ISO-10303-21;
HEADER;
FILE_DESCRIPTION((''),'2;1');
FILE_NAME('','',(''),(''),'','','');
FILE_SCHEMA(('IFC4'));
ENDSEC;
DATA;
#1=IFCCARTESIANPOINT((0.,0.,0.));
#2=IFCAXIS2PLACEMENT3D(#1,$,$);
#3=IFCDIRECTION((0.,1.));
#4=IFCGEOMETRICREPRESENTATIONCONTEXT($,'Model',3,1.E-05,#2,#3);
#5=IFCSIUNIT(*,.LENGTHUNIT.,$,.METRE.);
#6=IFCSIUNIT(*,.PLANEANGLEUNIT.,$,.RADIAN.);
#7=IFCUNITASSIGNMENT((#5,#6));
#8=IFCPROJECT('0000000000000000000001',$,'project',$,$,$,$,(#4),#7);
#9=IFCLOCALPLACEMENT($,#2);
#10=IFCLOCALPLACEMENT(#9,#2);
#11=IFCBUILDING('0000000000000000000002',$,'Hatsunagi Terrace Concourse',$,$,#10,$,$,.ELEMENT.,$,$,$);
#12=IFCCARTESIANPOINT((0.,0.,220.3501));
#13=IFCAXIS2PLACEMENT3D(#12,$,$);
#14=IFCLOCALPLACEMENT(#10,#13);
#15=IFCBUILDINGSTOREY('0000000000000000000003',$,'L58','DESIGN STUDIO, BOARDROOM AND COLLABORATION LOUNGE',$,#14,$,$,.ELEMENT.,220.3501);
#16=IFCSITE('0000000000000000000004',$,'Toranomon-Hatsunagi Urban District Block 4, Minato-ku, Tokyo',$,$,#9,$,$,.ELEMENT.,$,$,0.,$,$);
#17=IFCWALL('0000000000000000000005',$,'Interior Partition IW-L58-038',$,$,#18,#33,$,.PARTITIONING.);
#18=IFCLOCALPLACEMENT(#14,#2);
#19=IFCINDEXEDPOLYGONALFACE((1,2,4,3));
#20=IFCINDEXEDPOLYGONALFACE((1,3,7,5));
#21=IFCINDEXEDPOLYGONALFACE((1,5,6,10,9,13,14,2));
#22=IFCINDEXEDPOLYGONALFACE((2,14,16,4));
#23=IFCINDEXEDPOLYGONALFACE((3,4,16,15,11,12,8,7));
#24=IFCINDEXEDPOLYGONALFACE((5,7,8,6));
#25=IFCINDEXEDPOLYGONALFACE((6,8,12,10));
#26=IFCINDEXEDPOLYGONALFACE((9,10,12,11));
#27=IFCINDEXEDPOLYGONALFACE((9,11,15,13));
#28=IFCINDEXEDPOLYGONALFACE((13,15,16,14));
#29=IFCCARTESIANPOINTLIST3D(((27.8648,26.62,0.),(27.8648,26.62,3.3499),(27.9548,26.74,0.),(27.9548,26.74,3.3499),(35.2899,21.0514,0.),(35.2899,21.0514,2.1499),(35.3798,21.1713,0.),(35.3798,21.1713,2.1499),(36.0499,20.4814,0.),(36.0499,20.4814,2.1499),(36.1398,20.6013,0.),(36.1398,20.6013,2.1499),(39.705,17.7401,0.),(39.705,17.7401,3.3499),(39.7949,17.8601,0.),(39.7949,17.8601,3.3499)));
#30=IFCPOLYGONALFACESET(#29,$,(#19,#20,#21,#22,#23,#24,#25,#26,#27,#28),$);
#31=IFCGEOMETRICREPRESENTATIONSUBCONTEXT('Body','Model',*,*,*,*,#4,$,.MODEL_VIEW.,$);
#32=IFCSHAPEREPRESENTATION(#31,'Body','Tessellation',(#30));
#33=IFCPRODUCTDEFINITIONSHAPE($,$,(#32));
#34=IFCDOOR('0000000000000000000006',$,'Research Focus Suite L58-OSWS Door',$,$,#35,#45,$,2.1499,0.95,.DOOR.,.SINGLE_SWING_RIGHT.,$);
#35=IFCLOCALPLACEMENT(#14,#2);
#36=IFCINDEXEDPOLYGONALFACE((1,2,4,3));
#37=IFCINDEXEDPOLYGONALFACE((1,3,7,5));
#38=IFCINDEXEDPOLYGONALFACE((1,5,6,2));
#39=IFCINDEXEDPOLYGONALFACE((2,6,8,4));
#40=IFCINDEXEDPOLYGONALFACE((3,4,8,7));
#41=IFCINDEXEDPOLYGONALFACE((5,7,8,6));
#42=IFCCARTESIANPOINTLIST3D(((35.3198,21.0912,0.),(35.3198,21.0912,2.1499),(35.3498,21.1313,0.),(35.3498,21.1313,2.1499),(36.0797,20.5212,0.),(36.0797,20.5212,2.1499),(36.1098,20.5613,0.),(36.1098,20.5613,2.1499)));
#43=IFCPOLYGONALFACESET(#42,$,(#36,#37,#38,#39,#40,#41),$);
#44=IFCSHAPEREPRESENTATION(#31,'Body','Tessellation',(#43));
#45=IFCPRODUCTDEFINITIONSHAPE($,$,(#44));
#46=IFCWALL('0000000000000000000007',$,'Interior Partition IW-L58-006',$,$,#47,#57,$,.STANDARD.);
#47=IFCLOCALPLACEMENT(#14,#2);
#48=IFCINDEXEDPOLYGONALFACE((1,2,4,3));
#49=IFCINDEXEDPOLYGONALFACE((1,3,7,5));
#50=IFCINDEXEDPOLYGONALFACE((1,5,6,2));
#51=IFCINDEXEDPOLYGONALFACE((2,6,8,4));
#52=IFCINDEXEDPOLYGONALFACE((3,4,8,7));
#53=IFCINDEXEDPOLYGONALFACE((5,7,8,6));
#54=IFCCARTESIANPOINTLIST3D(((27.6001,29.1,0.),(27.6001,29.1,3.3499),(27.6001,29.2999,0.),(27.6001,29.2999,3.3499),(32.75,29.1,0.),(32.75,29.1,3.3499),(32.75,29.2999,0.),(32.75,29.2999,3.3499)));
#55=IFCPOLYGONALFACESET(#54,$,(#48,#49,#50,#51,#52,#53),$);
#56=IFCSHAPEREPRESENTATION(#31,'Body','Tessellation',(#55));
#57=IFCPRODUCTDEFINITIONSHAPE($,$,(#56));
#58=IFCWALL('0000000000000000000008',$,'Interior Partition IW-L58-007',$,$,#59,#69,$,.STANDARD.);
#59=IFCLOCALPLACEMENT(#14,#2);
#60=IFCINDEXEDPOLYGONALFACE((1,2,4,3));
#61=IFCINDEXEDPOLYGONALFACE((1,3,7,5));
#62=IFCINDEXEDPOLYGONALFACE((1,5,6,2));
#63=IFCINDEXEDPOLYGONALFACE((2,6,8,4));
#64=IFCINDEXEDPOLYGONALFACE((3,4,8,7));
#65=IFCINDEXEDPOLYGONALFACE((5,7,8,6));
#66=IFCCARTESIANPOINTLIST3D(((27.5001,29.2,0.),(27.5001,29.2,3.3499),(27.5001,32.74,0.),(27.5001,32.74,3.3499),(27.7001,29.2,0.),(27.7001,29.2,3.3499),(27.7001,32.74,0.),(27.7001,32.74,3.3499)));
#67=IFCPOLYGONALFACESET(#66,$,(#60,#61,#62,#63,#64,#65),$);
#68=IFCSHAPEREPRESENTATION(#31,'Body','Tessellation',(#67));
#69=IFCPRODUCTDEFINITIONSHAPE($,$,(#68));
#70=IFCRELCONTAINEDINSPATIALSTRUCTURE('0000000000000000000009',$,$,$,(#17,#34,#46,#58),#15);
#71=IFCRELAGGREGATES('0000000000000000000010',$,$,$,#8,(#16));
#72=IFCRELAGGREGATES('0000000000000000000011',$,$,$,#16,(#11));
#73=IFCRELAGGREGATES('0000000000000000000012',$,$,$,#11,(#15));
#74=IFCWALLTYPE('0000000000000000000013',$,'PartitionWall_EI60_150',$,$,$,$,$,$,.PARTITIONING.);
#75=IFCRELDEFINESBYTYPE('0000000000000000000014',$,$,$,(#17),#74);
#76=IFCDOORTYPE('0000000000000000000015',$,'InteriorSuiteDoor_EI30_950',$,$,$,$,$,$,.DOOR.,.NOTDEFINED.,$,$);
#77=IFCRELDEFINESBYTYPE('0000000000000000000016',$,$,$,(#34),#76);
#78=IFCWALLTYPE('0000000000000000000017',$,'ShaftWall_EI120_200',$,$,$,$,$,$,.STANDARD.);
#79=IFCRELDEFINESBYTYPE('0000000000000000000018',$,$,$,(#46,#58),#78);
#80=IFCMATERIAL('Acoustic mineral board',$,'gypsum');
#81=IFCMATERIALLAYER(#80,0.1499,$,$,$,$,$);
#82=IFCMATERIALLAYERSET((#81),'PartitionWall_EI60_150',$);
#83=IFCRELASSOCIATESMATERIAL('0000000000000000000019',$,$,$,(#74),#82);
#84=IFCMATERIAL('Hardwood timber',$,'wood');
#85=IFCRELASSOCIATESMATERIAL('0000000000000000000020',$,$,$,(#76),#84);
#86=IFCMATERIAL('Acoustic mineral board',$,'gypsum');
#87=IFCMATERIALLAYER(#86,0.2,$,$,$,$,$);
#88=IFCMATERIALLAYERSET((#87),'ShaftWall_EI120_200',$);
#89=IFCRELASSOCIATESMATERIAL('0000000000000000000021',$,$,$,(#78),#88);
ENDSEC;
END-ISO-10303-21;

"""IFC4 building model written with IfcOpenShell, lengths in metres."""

from ifc_helpers import new_model, si_unit, direction, frame, frame_2d, origin, place, context, subcontext, project, spatial, rectangle, extrude, material, layer, layer_set, type_object, element, fill, save


model = new_model("IFC4")

# Units and contexts
model_context = context("Model", 3, precision=1e-05, world=origin(), true_north=direction((0.0, 1.0)))
body_context = subcontext(model_context, "Body", "Model", "MODEL_VIEW")
ifc_project = project(units=[si_unit("LENGTHUNIT", "METRE"), si_unit("PLANEANGLEUNIT", "RADIAN")], contexts=[model_context])

# Site, building, storey
site_placement = place(None, origin())
site = spatial("IfcSite", under=ifc_project, at=site_placement, Name="Toranomon-Hatsunagi Urban District Block 4, Minato-ku, Tokyo", CompositionType="ELEMENT", RefElevation=0.0)
building_placement = place(site_placement, origin())
building = spatial("IfcBuilding", under=site, at=building_placement, Name="Hatsunagi Terrace Concourse", CompositionType="ELEMENT")
storey_placement = place(building_placement, frame((0.0, 0.0, 220.3501)))
storey = spatial("IfcBuildingStorey", under=building, at=storey_placement, Name="L58", Description="DESIGN STUDIO, BOARDROOM AND COLLABORATION LOUNGE", CompositionType="ELEMENT", Elevation=220.3501)

# Shared definitions
ifc_material_1 = material(Name="Acoustic mineral board", Category="gypsum")
ifc_layer_1 = layer(ifc_material_1, 0.1499)
ifc_layer_set_1 = layer_set([ifc_layer_1], Name="PartitionWall_EI60_150")
wall_type_1 = type_object("IfcWallType", Name="PartitionWall_EI60_150", PredefinedType="PARTITIONING", material=ifc_layer_set_1)

# Wall, opening, door
ifc_material_2 = material(Name="Hardwood timber", Category="wood")
door_type_1 = type_object("IfcDoorType", Name="InteriorSuiteDoor_EI30_950", OperationType="NOTDEFINED", PredefinedType="DOOR", material=ifc_material_2)
wall_1_placement = place(storey_placement, frame((27.9099, 26.6799, 0.0), z_axis=(0.0, 0.0, 1.0), x_axis=(0.800006, -0.599992, 0.0)))
wall_1 = element("IfcWall", 1, at=wall_1_placement, inside=storey, type_object=wall_type_1, Name="Interior Partition IW-L58-038", PredefinedType="PARTITIONING", context=body_context, shape_type="SweptSolid", body=[
    extrude(rectangle(XDim=14.8, YDim=0.1499, at=frame_2d((7.3999, 0.0))), origin(), (0.0, 0.0, 1.0), 3.3499),
])
opening_1_placement = place(wall_1_placement, frame((9.281, 0.0, 0.0)))
opening_1 = element("IfcOpeningElement", 2, at=opening_1_placement, cuts=wall_1, PredefinedType="OPENING", context=body_context, shape_type="SweptSolid", body=[
    extrude(rectangle(XDim=0.95, YDim=2.1499, at=frame_2d((0.4751, 1.075))), frame((0.0, 0.085, 0.0), z_axis=(0.0, -1.0, 0.0), x_axis=(1.0, 0.0, 0.0)), (0.0, 0.0, 1.0), 0.1699),
])
door_1_placement = place(opening_1_placement, origin())
door_1 = element("IfcDoor", 3, at=door_1_placement, inside=storey, type_object=door_type_1, Name="Research Focus Suite L58-OSWS Door", OperationType="SINGLE_SWING_RIGHT", OverallHeight=2.1499, OverallWidth=0.95, PredefinedType="DOOR", context=body_context, shape_type="SweptSolid", body=[
    extrude(rectangle(XDim=0.95, YDim=2.1499, at=frame_2d((0.4751, 1.075))), frame((0.0, 0.0249, 0.0), z_axis=(0.0, -1.0, 0.0), x_axis=(1.0, 0.0, 0.0)), (0.0, 0.0, 1.0), 0.05),
])
fill(opening_1, door_1)

# Walls
ifc_material_3 = material(Name="Acoustic mineral board", Category="gypsum")
ifc_layer_2 = layer(ifc_material_3, 0.2)
ifc_layer_set_2 = layer_set([ifc_layer_2], Name="ShaftWall_EI120_200")
wall_type_2 = type_object("IfcWallType", Name="ShaftWall_EI120_200", PredefinedType="STANDARD", material=ifc_layer_set_2)
wall_2_placement = place(storey_placement, frame((27.6001, 29.2, 0.0), z_axis=(0.0, 0.0, 1.0), x_axis=(1.0, 0.0, 0.0)))
element("IfcWall", 4, at=wall_2_placement, inside=storey, type_object=wall_type_2, Name="Interior Partition IW-L58-006", PredefinedType="STANDARD", context=body_context, shape_type="SweptSolid", body=[
    extrude(rectangle(XDim=5.1499, YDim=0.2, at=frame_2d((2.575, 0.0))), origin(), (0.0, 0.0, 1.0), 3.3499),
])
wall_3_placement = place(storey_placement, frame((27.6001, 29.2, 0.0), z_axis=(0.0, 0.0, 1.0), x_axis=(0.0, 1.0, 0.0)))
element("IfcWall", 5, at=wall_3_placement, inside=storey, type_object=wall_type_2, Name="Interior Partition IW-L58-007", PredefinedType="STANDARD", context=body_context, shape_type="SweptSolid", body=[
    extrude(rectangle(XDim=3.54, YDim=0.2, at=frame_2d((1.77, 0.0))), origin(), (0.0, 0.0, 1.0), 3.3499),
])

save(model, "model.ifc")
